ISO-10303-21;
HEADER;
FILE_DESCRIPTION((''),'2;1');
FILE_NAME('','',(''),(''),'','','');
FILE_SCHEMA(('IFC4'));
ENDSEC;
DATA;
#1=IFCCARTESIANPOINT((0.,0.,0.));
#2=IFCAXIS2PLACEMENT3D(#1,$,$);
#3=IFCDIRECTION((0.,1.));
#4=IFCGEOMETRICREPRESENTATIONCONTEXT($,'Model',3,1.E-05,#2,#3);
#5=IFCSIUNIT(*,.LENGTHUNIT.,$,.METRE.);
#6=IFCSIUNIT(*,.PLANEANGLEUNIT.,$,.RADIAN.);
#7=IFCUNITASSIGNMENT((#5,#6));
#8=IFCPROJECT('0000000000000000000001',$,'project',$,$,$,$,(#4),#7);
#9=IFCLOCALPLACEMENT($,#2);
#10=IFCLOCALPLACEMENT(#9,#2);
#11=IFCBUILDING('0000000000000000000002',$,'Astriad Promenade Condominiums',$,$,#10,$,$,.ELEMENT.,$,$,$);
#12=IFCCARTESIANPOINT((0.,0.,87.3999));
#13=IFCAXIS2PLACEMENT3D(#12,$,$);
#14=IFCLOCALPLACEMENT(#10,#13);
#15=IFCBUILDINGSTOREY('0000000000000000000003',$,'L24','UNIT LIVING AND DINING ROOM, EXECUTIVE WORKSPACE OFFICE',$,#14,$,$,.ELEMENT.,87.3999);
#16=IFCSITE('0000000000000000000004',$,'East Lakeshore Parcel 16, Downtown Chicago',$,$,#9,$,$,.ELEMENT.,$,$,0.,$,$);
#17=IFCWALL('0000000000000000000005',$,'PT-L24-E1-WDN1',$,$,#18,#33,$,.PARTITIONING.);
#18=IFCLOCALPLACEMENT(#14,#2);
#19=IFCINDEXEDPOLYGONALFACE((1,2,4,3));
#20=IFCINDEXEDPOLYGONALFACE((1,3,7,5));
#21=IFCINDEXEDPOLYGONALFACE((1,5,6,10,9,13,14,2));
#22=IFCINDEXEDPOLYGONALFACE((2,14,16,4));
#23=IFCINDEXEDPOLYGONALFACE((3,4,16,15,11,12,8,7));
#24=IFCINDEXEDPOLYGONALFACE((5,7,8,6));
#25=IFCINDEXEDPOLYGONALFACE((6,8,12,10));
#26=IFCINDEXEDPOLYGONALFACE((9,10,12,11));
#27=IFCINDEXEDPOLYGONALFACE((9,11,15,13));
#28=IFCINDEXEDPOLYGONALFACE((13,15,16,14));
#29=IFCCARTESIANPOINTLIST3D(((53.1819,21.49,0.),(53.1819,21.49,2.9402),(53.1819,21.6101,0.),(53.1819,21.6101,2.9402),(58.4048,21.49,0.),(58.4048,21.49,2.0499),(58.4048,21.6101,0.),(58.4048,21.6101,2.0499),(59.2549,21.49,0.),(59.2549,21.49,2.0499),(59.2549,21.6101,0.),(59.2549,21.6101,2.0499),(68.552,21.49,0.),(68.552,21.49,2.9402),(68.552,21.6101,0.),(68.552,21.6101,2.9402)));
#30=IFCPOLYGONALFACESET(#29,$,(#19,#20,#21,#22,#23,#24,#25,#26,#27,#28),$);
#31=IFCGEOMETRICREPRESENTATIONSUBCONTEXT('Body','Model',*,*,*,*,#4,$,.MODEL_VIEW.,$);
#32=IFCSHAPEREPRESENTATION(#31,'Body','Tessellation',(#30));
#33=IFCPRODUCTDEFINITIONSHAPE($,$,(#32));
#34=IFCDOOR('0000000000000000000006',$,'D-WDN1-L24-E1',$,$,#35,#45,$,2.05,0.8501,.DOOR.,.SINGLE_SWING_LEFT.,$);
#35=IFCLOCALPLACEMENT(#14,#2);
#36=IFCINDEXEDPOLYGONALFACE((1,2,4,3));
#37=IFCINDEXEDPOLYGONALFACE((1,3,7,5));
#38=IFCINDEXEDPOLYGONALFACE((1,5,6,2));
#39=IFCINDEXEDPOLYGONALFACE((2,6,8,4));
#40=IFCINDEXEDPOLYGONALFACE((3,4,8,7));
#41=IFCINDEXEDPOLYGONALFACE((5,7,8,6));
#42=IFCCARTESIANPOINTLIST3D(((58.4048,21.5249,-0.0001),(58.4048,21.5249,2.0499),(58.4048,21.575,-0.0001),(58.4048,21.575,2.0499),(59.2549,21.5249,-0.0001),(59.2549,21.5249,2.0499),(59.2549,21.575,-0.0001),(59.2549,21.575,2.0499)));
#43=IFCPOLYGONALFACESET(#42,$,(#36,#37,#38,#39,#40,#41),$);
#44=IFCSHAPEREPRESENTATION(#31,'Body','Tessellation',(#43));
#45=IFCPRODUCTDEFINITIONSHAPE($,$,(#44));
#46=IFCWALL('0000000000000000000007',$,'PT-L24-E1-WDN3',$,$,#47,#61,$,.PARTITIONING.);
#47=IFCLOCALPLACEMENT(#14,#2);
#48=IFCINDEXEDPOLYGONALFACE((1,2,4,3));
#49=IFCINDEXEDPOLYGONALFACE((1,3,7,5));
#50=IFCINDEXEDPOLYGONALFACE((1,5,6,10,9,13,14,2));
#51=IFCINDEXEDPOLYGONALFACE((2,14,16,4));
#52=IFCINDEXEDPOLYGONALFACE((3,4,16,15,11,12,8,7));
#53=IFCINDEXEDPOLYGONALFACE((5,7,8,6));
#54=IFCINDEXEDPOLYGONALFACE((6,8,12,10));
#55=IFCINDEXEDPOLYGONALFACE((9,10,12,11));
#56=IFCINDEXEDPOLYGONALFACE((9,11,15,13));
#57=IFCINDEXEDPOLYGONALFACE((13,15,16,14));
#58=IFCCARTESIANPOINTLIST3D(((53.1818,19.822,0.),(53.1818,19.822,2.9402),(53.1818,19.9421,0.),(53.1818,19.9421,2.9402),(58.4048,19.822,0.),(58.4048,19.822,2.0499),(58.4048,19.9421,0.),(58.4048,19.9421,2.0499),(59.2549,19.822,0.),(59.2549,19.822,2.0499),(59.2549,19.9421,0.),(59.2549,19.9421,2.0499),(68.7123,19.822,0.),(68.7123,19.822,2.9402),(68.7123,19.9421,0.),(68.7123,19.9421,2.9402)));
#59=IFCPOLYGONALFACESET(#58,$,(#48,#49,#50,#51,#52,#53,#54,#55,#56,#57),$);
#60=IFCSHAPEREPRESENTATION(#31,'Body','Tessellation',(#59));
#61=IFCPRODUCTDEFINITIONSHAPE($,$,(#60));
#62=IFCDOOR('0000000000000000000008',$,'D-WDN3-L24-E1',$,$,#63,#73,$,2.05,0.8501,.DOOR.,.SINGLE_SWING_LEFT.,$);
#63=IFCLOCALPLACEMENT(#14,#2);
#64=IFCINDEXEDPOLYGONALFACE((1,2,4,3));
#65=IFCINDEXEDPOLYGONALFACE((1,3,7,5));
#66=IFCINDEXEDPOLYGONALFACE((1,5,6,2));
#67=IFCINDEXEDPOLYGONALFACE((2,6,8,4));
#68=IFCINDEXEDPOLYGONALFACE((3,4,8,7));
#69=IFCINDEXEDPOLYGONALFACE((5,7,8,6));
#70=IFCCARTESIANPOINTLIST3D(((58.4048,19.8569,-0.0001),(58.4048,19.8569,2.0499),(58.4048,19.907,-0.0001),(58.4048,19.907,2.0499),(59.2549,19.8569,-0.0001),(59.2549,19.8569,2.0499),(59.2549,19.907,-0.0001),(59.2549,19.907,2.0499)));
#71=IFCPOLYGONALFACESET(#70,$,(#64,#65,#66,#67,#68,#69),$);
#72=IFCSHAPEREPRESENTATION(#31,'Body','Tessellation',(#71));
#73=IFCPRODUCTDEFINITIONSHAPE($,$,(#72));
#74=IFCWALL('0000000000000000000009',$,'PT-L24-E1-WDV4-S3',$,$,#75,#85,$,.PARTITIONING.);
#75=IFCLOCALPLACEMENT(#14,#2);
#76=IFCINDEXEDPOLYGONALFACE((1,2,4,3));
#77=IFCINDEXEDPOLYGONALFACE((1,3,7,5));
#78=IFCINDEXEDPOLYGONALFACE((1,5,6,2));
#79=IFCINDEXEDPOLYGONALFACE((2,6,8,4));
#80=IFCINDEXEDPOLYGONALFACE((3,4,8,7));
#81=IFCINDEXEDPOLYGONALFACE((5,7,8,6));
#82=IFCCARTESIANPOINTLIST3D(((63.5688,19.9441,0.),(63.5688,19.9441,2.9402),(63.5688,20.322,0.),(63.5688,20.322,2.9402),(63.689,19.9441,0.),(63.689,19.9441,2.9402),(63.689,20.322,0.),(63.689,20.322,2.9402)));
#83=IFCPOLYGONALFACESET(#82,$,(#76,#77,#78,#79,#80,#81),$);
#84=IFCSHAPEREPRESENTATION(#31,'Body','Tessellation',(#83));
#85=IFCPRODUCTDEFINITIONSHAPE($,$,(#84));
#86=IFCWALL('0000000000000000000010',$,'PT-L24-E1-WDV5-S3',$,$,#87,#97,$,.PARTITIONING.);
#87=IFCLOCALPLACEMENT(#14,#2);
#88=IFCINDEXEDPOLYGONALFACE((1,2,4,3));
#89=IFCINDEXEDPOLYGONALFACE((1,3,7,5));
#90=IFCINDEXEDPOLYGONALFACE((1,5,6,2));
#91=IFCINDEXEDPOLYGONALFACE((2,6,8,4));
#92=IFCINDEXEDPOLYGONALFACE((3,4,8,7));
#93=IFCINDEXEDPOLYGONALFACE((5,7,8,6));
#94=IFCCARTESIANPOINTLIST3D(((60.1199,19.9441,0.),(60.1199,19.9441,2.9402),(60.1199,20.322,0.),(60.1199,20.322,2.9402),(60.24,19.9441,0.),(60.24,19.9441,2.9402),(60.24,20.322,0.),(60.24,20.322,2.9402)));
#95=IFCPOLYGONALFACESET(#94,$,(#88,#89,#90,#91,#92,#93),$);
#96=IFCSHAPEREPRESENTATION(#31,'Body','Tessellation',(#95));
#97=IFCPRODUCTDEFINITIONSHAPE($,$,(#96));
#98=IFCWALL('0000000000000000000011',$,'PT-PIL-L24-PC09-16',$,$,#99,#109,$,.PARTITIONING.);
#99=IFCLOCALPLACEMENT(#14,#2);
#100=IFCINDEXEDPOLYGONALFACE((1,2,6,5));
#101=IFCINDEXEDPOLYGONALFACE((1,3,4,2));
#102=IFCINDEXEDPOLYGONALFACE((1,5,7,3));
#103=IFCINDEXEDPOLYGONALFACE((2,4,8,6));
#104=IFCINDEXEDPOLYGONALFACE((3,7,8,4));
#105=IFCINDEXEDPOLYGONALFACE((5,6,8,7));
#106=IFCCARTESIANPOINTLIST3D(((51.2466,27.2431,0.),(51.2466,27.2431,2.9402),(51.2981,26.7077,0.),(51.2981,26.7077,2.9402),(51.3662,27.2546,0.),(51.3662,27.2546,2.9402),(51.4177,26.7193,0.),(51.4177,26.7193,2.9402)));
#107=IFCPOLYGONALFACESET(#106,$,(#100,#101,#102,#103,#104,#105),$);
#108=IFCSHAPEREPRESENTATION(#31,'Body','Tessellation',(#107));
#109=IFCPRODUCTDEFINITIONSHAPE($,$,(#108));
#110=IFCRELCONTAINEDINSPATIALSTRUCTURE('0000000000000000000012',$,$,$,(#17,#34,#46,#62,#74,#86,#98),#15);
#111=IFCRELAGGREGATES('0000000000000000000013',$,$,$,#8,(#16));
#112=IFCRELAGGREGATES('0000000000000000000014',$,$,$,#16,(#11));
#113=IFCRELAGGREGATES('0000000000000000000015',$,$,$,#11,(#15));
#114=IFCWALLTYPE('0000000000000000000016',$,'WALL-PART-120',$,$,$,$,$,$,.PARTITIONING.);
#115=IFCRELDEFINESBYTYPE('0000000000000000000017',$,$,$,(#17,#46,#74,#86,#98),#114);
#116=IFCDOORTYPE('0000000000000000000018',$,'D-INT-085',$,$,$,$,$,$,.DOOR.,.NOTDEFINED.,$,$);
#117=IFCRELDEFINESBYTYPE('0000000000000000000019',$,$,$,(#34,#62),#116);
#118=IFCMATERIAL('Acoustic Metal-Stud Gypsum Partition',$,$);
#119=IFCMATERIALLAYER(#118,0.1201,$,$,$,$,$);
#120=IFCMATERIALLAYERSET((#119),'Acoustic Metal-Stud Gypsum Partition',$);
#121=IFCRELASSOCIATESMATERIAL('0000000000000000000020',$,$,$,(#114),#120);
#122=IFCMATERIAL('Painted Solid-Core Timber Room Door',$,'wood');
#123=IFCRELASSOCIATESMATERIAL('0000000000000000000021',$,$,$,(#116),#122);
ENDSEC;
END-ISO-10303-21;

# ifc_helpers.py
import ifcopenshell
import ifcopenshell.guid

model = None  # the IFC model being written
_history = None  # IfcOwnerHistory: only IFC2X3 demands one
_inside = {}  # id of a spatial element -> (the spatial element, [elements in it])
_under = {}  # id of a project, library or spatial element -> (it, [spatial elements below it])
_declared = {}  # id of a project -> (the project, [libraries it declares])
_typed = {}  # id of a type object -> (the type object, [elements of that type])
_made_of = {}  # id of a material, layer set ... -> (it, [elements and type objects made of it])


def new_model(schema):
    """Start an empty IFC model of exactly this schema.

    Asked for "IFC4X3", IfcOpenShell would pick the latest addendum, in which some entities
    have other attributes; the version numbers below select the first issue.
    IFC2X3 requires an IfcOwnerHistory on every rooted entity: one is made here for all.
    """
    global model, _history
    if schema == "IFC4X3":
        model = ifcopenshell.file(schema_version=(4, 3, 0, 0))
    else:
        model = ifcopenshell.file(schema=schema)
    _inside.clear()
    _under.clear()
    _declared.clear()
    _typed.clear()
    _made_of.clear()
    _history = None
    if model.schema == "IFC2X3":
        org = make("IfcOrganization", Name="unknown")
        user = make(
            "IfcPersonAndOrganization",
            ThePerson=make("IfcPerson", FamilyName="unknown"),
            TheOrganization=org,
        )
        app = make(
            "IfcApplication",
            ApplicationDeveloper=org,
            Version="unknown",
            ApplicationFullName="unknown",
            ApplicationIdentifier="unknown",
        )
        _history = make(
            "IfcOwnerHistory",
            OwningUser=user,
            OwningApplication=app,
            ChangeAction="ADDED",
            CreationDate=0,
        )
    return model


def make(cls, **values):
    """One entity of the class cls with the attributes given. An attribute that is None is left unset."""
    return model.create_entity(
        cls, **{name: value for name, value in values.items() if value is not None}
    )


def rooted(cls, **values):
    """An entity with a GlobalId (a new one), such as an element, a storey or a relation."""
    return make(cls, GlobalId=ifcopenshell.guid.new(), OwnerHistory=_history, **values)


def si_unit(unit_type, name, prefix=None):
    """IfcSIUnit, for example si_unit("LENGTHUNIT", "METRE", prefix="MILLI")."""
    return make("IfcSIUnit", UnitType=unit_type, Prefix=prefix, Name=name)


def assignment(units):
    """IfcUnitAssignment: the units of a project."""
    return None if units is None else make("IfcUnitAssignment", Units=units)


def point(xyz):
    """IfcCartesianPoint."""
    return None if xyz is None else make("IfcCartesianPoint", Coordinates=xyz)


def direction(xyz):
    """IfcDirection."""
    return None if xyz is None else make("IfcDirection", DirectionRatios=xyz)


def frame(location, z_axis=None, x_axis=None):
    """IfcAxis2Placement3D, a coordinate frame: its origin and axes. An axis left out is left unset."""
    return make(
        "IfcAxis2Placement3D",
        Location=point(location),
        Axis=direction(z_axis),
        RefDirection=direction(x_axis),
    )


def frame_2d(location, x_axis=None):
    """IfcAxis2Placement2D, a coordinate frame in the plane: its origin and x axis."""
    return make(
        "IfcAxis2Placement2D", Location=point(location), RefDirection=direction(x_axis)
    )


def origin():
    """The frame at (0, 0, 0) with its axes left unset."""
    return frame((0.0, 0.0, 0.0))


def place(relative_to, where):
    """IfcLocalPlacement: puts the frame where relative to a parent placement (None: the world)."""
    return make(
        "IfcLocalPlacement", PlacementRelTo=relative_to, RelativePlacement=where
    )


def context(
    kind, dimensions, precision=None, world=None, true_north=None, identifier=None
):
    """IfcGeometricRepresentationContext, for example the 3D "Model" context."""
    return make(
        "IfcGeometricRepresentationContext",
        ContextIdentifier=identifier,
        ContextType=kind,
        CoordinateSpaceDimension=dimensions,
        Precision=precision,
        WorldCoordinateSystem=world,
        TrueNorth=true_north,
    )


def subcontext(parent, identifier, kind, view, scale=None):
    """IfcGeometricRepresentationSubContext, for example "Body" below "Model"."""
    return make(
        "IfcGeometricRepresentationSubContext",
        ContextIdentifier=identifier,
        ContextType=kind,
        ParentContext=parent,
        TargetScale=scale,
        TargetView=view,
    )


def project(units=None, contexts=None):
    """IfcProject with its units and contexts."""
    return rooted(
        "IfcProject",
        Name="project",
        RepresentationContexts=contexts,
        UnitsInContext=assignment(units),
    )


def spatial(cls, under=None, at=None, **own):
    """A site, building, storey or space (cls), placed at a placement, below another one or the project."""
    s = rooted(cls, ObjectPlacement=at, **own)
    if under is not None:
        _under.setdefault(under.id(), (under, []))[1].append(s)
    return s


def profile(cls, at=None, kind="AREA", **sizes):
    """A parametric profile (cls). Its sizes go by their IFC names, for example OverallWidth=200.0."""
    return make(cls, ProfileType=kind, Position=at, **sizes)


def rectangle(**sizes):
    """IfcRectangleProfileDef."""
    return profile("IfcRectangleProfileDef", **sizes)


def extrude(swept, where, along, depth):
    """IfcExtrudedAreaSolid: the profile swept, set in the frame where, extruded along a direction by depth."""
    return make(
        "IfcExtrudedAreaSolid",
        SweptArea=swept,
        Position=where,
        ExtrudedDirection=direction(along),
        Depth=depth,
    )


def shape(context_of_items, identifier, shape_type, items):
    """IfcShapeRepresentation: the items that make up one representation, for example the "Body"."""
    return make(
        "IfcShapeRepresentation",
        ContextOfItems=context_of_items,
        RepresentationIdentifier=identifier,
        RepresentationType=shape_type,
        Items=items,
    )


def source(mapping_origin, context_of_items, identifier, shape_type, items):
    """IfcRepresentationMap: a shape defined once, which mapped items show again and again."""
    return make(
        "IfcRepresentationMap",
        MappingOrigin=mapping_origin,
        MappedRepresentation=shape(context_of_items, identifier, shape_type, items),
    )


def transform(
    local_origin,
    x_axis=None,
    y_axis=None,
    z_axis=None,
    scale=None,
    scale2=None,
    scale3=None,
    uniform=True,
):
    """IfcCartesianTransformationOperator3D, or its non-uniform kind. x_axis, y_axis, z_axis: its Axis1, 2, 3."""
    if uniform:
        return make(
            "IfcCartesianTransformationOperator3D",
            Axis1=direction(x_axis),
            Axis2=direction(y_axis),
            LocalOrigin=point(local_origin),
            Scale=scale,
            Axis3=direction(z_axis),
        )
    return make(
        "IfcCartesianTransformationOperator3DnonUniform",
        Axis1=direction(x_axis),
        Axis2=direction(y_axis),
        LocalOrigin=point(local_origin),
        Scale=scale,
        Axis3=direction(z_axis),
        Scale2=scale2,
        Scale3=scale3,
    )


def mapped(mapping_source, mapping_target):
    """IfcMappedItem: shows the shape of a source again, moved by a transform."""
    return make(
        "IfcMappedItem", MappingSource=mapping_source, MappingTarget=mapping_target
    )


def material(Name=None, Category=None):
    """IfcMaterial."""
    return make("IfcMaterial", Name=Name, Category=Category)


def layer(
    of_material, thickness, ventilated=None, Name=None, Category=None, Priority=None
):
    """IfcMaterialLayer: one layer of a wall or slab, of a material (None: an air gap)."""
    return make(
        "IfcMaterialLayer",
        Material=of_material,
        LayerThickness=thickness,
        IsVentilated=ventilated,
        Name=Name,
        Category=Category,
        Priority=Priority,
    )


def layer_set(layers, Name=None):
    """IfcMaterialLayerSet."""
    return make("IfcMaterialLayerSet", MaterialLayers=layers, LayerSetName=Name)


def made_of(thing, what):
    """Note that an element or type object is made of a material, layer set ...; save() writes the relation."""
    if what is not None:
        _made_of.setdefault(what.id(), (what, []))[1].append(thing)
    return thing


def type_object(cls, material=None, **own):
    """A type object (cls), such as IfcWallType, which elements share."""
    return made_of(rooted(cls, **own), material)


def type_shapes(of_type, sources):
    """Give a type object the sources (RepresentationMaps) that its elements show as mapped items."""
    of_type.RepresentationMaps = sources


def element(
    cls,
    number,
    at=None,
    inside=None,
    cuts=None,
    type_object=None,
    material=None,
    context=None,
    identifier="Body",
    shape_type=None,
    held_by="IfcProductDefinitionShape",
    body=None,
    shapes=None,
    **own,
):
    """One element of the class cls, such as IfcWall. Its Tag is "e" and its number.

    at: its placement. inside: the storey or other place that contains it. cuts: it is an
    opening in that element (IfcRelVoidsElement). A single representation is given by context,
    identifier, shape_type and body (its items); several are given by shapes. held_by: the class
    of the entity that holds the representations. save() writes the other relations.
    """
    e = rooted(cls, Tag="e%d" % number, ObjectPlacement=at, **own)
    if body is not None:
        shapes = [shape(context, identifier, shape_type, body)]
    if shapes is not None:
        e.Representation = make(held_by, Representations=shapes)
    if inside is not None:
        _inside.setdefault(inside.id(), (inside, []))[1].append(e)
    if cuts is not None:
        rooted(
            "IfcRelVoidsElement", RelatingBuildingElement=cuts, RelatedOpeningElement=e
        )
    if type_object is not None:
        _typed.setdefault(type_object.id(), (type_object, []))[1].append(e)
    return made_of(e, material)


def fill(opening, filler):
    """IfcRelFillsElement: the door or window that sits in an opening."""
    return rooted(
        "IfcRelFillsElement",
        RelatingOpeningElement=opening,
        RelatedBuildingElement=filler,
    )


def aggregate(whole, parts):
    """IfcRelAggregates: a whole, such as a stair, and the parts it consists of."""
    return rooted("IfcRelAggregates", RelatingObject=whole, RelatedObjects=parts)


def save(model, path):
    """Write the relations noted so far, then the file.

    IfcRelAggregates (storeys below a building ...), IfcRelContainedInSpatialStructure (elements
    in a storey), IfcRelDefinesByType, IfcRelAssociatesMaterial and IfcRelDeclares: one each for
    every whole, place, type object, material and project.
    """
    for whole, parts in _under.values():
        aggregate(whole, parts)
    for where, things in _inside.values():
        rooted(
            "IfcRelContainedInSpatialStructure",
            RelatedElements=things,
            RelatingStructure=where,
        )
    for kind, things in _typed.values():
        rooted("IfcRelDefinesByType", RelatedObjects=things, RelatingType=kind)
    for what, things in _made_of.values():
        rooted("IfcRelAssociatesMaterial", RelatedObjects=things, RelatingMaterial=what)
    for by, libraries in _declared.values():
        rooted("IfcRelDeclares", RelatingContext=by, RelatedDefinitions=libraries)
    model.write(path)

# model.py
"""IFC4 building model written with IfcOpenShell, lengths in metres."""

from ifc_helpers import new_model, si_unit, direction, frame, frame_2d, origin, place, context, subcontext, project, spatial, rectangle, extrude, source, transform, mapped, material, layer, layer_set, type_object, type_shapes, element, fill, save


model = new_model("IFC4")

# Units and contexts
model_context = context("Model", 3, precision=1e-05, world=origin(), true_north=direction((0.0, 1.0)))
body_context = subcontext(model_context, "Body", "Model", "MODEL_VIEW")
ifc_project = project(units=[si_unit("LENGTHUNIT", "METRE"), si_unit("PLANEANGLEUNIT", "RADIAN")], contexts=[model_context])

# Site, building, storey
site_placement = place(None, origin())
site = spatial("IfcSite", under=ifc_project, at=site_placement, Name="East Lakeshore Parcel 16, Downtown Chicago", CompositionType="ELEMENT", RefElevation=0.0)
building_placement = place(site_placement, origin())
building = spatial("IfcBuilding", under=site, at=building_placement, Name="Astriad Promenade Condominiums", CompositionType="ELEMENT")
storey_placement = place(building_placement, frame((0.0, 0.0, 87.3999)))
storey = spatial("IfcBuildingStorey", under=building, at=storey_placement, Name="L24", Description="UNIT LIVING AND DINING ROOM, EXECUTIVE WORKSPACE OFFICE", CompositionType="ELEMENT", Elevation=87.3999)

# Shared definitions
ifc_material_1 = material(Name="Acoustic Metal-Stud Gypsum Partition")
ifc_layer = layer(ifc_material_1, 0.1201)
ifc_layer_set = layer_set([ifc_layer], Name="Acoustic Metal-Stud Gypsum Partition")
wall_type = type_object("IfcWallType", Name="WALL-PART-120", PredefinedType="PARTITIONING", material=ifc_layer_set)
ifc_material_2 = material(Name="Painted Solid-Core Timber Room Door", Category="wood")
door_type_1 = type_object("IfcDoorType", Name="D-INT-085", OperationType="NOTDEFINED", PredefinedType="DOOR", material=ifc_material_2)
shared_shape_1 = source(origin(), body_context, "Body", "SweptSolid", [
    extrude(rectangle(XDim=0.8501, YDim=2.05, at=frame_2d((0.425, 1.0249))), frame((0.0, 0.0249, 0.0), z_axis=(0.0, -1.0, 0.0), x_axis=(1.0, 0.0, 0.0)), (0.0, 0.0, 1.0), 0.05),
])
type_shapes(door_type_1, [shared_shape_1])

# Walls, openings, doors
wall_1_placement = place(storey_placement, frame((53.1819, 21.55, 0.0), z_axis=(0.0, 0.0, 1.0), x_axis=(1.0, 0.0, 0.0)))
wall_1 = element("IfcWall", 1, at=wall_1_placement, inside=storey, type_object=wall_type, Name="PT-L24-E1-WDN1", PredefinedType="PARTITIONING", context=body_context, shape_type="SweptSolid", body=[
    extrude(rectangle(XDim=15.3701, YDim=0.1201, at=frame_2d((7.6851, 0.0))), origin(), (0.0, 0.0, 1.0), 2.9402),
])
opening_1_placement = place(wall_1_placement, frame((5.2229, 0.0, 0.0)))
opening_1 = element("IfcOpeningElement", 2, at=opening_1_placement, cuts=wall_1, PredefinedType="OPENING", context=body_context, shape_type="SweptSolid", body=[
    extrude(rectangle(XDim=0.8501, YDim=2.05, at=frame_2d((0.425, 1.0249))), frame((0.0, 0.0701, 0.0), z_axis=(0.0, -1.0, 0.0), x_axis=(1.0, 0.0, 0.0)), (0.0, 0.0, 1.0), 0.1401),
])
door_1_placement = place(opening_1_placement, origin())
door_1 = element("IfcDoor", 3, at=door_1_placement, inside=storey, type_object=door_type_1, Name="D-WDN1-L24-E1", OperationType="SINGLE_SWING_LEFT", OverallHeight=2.05, OverallWidth=0.8501, PredefinedType="DOOR", context=body_context, shape_type="MappedRepresentation", body=[
    mapped(shared_shape_1, transform((0.0, 0.0, 0.0), scale=1.0)),
])
fill(opening_1, door_1)
wall_2_placement = place(storey_placement, frame((53.1819, 19.8821, 0.0), z_axis=(0.0, 0.0, 1.0), x_axis=(1.0, 0.0, 0.0)))
wall_2 = element("IfcWall", 4, at=wall_2_placement, inside=storey, type_object=wall_type, Name="PT-L24-E1-WDN3", PredefinedType="PARTITIONING", context=body_context, shape_type="SweptSolid", body=[
    extrude(rectangle(XDim=15.5305, YDim=0.1201, at=frame_2d((7.7651, 0.0))), origin(), (0.0, 0.0, 1.0), 2.9402),
])
opening_2_placement = place(wall_2_placement, frame((5.2229, 0.0, 0.0)))
opening_2 = element("IfcOpeningElement", 5, at=opening_2_placement, cuts=wall_2, PredefinedType="OPENING", context=body_context, shape_type="SweptSolid", body=[
    extrude(rectangle(XDim=0.8501, YDim=2.05, at=frame_2d((0.425, 1.0249))), frame((0.0, 0.0701, 0.0), z_axis=(0.0, -1.0, 0.0), x_axis=(1.0, 0.0, 0.0)), (0.0, 0.0, 1.0), 0.1401),
])
door_2_placement = place(opening_2_placement, origin())
door_2 = element("IfcDoor", 6, at=door_2_placement, inside=storey, type_object=door_type_1, Name="D-WDN3-L24-E1", OperationType="SINGLE_SWING_LEFT", OverallHeight=2.05, OverallWidth=0.8501, PredefinedType="DOOR", context=body_context, shape_type="MappedRepresentation", body=[
    mapped(shared_shape_1, transform((0.0, 0.0, 0.0), scale=1.0)),
])
fill(opening_2, door_2)

# Walls
for number, where, z_axis, x_axis, name in (
    (7, (63.6289, 19.9441, 0.0), (0.0, 0.0, 1.0), (0.0, 1.0, 0.0), "PT-L24-E1-WDV4-S3"),
    (8, (60.1799, 19.9441, 0.0), (0.0, 0.0, 1.0), (0.0, 1.0, 0.0), "PT-L24-E1-WDV5-S3"),
):
    element("IfcWall", number, at=place(storey_placement, frame(where, z_axis=z_axis, x_axis=x_axis)), inside=storey, type_object=wall_type, Name=name, PredefinedType="PARTITIONING", context=body_context, shape_type="SweptSolid", body=[
        extrude(rectangle(XDim=0.3779, YDim=0.1201, at=frame_2d((0.189, 0.0))), origin(), (0.0, 0.0, 1.0), 2.9402),
    ])
wall_3_placement = place(storey_placement, frame((51.3579, 26.7134, 0.0), z_axis=(0.0, 0.0, 1.0), x_axis=(-0.095773, 0.995403, 0.0)))
element("IfcWall", 9, at=wall_3_placement, inside=storey, type_object=wall_type, Name="PT-PIL-L24-PC09-16", PredefinedType="PARTITIONING", context=body_context, shape_type="SweptSolid", body=[
    extrude(rectangle(XDim=0.5378, YDim=0.1201, at=frame_2d((0.269, 0.0))), origin(), (0.0, 0.0, 1.0), 2.9402),
])

save(model, "model.ifc")
